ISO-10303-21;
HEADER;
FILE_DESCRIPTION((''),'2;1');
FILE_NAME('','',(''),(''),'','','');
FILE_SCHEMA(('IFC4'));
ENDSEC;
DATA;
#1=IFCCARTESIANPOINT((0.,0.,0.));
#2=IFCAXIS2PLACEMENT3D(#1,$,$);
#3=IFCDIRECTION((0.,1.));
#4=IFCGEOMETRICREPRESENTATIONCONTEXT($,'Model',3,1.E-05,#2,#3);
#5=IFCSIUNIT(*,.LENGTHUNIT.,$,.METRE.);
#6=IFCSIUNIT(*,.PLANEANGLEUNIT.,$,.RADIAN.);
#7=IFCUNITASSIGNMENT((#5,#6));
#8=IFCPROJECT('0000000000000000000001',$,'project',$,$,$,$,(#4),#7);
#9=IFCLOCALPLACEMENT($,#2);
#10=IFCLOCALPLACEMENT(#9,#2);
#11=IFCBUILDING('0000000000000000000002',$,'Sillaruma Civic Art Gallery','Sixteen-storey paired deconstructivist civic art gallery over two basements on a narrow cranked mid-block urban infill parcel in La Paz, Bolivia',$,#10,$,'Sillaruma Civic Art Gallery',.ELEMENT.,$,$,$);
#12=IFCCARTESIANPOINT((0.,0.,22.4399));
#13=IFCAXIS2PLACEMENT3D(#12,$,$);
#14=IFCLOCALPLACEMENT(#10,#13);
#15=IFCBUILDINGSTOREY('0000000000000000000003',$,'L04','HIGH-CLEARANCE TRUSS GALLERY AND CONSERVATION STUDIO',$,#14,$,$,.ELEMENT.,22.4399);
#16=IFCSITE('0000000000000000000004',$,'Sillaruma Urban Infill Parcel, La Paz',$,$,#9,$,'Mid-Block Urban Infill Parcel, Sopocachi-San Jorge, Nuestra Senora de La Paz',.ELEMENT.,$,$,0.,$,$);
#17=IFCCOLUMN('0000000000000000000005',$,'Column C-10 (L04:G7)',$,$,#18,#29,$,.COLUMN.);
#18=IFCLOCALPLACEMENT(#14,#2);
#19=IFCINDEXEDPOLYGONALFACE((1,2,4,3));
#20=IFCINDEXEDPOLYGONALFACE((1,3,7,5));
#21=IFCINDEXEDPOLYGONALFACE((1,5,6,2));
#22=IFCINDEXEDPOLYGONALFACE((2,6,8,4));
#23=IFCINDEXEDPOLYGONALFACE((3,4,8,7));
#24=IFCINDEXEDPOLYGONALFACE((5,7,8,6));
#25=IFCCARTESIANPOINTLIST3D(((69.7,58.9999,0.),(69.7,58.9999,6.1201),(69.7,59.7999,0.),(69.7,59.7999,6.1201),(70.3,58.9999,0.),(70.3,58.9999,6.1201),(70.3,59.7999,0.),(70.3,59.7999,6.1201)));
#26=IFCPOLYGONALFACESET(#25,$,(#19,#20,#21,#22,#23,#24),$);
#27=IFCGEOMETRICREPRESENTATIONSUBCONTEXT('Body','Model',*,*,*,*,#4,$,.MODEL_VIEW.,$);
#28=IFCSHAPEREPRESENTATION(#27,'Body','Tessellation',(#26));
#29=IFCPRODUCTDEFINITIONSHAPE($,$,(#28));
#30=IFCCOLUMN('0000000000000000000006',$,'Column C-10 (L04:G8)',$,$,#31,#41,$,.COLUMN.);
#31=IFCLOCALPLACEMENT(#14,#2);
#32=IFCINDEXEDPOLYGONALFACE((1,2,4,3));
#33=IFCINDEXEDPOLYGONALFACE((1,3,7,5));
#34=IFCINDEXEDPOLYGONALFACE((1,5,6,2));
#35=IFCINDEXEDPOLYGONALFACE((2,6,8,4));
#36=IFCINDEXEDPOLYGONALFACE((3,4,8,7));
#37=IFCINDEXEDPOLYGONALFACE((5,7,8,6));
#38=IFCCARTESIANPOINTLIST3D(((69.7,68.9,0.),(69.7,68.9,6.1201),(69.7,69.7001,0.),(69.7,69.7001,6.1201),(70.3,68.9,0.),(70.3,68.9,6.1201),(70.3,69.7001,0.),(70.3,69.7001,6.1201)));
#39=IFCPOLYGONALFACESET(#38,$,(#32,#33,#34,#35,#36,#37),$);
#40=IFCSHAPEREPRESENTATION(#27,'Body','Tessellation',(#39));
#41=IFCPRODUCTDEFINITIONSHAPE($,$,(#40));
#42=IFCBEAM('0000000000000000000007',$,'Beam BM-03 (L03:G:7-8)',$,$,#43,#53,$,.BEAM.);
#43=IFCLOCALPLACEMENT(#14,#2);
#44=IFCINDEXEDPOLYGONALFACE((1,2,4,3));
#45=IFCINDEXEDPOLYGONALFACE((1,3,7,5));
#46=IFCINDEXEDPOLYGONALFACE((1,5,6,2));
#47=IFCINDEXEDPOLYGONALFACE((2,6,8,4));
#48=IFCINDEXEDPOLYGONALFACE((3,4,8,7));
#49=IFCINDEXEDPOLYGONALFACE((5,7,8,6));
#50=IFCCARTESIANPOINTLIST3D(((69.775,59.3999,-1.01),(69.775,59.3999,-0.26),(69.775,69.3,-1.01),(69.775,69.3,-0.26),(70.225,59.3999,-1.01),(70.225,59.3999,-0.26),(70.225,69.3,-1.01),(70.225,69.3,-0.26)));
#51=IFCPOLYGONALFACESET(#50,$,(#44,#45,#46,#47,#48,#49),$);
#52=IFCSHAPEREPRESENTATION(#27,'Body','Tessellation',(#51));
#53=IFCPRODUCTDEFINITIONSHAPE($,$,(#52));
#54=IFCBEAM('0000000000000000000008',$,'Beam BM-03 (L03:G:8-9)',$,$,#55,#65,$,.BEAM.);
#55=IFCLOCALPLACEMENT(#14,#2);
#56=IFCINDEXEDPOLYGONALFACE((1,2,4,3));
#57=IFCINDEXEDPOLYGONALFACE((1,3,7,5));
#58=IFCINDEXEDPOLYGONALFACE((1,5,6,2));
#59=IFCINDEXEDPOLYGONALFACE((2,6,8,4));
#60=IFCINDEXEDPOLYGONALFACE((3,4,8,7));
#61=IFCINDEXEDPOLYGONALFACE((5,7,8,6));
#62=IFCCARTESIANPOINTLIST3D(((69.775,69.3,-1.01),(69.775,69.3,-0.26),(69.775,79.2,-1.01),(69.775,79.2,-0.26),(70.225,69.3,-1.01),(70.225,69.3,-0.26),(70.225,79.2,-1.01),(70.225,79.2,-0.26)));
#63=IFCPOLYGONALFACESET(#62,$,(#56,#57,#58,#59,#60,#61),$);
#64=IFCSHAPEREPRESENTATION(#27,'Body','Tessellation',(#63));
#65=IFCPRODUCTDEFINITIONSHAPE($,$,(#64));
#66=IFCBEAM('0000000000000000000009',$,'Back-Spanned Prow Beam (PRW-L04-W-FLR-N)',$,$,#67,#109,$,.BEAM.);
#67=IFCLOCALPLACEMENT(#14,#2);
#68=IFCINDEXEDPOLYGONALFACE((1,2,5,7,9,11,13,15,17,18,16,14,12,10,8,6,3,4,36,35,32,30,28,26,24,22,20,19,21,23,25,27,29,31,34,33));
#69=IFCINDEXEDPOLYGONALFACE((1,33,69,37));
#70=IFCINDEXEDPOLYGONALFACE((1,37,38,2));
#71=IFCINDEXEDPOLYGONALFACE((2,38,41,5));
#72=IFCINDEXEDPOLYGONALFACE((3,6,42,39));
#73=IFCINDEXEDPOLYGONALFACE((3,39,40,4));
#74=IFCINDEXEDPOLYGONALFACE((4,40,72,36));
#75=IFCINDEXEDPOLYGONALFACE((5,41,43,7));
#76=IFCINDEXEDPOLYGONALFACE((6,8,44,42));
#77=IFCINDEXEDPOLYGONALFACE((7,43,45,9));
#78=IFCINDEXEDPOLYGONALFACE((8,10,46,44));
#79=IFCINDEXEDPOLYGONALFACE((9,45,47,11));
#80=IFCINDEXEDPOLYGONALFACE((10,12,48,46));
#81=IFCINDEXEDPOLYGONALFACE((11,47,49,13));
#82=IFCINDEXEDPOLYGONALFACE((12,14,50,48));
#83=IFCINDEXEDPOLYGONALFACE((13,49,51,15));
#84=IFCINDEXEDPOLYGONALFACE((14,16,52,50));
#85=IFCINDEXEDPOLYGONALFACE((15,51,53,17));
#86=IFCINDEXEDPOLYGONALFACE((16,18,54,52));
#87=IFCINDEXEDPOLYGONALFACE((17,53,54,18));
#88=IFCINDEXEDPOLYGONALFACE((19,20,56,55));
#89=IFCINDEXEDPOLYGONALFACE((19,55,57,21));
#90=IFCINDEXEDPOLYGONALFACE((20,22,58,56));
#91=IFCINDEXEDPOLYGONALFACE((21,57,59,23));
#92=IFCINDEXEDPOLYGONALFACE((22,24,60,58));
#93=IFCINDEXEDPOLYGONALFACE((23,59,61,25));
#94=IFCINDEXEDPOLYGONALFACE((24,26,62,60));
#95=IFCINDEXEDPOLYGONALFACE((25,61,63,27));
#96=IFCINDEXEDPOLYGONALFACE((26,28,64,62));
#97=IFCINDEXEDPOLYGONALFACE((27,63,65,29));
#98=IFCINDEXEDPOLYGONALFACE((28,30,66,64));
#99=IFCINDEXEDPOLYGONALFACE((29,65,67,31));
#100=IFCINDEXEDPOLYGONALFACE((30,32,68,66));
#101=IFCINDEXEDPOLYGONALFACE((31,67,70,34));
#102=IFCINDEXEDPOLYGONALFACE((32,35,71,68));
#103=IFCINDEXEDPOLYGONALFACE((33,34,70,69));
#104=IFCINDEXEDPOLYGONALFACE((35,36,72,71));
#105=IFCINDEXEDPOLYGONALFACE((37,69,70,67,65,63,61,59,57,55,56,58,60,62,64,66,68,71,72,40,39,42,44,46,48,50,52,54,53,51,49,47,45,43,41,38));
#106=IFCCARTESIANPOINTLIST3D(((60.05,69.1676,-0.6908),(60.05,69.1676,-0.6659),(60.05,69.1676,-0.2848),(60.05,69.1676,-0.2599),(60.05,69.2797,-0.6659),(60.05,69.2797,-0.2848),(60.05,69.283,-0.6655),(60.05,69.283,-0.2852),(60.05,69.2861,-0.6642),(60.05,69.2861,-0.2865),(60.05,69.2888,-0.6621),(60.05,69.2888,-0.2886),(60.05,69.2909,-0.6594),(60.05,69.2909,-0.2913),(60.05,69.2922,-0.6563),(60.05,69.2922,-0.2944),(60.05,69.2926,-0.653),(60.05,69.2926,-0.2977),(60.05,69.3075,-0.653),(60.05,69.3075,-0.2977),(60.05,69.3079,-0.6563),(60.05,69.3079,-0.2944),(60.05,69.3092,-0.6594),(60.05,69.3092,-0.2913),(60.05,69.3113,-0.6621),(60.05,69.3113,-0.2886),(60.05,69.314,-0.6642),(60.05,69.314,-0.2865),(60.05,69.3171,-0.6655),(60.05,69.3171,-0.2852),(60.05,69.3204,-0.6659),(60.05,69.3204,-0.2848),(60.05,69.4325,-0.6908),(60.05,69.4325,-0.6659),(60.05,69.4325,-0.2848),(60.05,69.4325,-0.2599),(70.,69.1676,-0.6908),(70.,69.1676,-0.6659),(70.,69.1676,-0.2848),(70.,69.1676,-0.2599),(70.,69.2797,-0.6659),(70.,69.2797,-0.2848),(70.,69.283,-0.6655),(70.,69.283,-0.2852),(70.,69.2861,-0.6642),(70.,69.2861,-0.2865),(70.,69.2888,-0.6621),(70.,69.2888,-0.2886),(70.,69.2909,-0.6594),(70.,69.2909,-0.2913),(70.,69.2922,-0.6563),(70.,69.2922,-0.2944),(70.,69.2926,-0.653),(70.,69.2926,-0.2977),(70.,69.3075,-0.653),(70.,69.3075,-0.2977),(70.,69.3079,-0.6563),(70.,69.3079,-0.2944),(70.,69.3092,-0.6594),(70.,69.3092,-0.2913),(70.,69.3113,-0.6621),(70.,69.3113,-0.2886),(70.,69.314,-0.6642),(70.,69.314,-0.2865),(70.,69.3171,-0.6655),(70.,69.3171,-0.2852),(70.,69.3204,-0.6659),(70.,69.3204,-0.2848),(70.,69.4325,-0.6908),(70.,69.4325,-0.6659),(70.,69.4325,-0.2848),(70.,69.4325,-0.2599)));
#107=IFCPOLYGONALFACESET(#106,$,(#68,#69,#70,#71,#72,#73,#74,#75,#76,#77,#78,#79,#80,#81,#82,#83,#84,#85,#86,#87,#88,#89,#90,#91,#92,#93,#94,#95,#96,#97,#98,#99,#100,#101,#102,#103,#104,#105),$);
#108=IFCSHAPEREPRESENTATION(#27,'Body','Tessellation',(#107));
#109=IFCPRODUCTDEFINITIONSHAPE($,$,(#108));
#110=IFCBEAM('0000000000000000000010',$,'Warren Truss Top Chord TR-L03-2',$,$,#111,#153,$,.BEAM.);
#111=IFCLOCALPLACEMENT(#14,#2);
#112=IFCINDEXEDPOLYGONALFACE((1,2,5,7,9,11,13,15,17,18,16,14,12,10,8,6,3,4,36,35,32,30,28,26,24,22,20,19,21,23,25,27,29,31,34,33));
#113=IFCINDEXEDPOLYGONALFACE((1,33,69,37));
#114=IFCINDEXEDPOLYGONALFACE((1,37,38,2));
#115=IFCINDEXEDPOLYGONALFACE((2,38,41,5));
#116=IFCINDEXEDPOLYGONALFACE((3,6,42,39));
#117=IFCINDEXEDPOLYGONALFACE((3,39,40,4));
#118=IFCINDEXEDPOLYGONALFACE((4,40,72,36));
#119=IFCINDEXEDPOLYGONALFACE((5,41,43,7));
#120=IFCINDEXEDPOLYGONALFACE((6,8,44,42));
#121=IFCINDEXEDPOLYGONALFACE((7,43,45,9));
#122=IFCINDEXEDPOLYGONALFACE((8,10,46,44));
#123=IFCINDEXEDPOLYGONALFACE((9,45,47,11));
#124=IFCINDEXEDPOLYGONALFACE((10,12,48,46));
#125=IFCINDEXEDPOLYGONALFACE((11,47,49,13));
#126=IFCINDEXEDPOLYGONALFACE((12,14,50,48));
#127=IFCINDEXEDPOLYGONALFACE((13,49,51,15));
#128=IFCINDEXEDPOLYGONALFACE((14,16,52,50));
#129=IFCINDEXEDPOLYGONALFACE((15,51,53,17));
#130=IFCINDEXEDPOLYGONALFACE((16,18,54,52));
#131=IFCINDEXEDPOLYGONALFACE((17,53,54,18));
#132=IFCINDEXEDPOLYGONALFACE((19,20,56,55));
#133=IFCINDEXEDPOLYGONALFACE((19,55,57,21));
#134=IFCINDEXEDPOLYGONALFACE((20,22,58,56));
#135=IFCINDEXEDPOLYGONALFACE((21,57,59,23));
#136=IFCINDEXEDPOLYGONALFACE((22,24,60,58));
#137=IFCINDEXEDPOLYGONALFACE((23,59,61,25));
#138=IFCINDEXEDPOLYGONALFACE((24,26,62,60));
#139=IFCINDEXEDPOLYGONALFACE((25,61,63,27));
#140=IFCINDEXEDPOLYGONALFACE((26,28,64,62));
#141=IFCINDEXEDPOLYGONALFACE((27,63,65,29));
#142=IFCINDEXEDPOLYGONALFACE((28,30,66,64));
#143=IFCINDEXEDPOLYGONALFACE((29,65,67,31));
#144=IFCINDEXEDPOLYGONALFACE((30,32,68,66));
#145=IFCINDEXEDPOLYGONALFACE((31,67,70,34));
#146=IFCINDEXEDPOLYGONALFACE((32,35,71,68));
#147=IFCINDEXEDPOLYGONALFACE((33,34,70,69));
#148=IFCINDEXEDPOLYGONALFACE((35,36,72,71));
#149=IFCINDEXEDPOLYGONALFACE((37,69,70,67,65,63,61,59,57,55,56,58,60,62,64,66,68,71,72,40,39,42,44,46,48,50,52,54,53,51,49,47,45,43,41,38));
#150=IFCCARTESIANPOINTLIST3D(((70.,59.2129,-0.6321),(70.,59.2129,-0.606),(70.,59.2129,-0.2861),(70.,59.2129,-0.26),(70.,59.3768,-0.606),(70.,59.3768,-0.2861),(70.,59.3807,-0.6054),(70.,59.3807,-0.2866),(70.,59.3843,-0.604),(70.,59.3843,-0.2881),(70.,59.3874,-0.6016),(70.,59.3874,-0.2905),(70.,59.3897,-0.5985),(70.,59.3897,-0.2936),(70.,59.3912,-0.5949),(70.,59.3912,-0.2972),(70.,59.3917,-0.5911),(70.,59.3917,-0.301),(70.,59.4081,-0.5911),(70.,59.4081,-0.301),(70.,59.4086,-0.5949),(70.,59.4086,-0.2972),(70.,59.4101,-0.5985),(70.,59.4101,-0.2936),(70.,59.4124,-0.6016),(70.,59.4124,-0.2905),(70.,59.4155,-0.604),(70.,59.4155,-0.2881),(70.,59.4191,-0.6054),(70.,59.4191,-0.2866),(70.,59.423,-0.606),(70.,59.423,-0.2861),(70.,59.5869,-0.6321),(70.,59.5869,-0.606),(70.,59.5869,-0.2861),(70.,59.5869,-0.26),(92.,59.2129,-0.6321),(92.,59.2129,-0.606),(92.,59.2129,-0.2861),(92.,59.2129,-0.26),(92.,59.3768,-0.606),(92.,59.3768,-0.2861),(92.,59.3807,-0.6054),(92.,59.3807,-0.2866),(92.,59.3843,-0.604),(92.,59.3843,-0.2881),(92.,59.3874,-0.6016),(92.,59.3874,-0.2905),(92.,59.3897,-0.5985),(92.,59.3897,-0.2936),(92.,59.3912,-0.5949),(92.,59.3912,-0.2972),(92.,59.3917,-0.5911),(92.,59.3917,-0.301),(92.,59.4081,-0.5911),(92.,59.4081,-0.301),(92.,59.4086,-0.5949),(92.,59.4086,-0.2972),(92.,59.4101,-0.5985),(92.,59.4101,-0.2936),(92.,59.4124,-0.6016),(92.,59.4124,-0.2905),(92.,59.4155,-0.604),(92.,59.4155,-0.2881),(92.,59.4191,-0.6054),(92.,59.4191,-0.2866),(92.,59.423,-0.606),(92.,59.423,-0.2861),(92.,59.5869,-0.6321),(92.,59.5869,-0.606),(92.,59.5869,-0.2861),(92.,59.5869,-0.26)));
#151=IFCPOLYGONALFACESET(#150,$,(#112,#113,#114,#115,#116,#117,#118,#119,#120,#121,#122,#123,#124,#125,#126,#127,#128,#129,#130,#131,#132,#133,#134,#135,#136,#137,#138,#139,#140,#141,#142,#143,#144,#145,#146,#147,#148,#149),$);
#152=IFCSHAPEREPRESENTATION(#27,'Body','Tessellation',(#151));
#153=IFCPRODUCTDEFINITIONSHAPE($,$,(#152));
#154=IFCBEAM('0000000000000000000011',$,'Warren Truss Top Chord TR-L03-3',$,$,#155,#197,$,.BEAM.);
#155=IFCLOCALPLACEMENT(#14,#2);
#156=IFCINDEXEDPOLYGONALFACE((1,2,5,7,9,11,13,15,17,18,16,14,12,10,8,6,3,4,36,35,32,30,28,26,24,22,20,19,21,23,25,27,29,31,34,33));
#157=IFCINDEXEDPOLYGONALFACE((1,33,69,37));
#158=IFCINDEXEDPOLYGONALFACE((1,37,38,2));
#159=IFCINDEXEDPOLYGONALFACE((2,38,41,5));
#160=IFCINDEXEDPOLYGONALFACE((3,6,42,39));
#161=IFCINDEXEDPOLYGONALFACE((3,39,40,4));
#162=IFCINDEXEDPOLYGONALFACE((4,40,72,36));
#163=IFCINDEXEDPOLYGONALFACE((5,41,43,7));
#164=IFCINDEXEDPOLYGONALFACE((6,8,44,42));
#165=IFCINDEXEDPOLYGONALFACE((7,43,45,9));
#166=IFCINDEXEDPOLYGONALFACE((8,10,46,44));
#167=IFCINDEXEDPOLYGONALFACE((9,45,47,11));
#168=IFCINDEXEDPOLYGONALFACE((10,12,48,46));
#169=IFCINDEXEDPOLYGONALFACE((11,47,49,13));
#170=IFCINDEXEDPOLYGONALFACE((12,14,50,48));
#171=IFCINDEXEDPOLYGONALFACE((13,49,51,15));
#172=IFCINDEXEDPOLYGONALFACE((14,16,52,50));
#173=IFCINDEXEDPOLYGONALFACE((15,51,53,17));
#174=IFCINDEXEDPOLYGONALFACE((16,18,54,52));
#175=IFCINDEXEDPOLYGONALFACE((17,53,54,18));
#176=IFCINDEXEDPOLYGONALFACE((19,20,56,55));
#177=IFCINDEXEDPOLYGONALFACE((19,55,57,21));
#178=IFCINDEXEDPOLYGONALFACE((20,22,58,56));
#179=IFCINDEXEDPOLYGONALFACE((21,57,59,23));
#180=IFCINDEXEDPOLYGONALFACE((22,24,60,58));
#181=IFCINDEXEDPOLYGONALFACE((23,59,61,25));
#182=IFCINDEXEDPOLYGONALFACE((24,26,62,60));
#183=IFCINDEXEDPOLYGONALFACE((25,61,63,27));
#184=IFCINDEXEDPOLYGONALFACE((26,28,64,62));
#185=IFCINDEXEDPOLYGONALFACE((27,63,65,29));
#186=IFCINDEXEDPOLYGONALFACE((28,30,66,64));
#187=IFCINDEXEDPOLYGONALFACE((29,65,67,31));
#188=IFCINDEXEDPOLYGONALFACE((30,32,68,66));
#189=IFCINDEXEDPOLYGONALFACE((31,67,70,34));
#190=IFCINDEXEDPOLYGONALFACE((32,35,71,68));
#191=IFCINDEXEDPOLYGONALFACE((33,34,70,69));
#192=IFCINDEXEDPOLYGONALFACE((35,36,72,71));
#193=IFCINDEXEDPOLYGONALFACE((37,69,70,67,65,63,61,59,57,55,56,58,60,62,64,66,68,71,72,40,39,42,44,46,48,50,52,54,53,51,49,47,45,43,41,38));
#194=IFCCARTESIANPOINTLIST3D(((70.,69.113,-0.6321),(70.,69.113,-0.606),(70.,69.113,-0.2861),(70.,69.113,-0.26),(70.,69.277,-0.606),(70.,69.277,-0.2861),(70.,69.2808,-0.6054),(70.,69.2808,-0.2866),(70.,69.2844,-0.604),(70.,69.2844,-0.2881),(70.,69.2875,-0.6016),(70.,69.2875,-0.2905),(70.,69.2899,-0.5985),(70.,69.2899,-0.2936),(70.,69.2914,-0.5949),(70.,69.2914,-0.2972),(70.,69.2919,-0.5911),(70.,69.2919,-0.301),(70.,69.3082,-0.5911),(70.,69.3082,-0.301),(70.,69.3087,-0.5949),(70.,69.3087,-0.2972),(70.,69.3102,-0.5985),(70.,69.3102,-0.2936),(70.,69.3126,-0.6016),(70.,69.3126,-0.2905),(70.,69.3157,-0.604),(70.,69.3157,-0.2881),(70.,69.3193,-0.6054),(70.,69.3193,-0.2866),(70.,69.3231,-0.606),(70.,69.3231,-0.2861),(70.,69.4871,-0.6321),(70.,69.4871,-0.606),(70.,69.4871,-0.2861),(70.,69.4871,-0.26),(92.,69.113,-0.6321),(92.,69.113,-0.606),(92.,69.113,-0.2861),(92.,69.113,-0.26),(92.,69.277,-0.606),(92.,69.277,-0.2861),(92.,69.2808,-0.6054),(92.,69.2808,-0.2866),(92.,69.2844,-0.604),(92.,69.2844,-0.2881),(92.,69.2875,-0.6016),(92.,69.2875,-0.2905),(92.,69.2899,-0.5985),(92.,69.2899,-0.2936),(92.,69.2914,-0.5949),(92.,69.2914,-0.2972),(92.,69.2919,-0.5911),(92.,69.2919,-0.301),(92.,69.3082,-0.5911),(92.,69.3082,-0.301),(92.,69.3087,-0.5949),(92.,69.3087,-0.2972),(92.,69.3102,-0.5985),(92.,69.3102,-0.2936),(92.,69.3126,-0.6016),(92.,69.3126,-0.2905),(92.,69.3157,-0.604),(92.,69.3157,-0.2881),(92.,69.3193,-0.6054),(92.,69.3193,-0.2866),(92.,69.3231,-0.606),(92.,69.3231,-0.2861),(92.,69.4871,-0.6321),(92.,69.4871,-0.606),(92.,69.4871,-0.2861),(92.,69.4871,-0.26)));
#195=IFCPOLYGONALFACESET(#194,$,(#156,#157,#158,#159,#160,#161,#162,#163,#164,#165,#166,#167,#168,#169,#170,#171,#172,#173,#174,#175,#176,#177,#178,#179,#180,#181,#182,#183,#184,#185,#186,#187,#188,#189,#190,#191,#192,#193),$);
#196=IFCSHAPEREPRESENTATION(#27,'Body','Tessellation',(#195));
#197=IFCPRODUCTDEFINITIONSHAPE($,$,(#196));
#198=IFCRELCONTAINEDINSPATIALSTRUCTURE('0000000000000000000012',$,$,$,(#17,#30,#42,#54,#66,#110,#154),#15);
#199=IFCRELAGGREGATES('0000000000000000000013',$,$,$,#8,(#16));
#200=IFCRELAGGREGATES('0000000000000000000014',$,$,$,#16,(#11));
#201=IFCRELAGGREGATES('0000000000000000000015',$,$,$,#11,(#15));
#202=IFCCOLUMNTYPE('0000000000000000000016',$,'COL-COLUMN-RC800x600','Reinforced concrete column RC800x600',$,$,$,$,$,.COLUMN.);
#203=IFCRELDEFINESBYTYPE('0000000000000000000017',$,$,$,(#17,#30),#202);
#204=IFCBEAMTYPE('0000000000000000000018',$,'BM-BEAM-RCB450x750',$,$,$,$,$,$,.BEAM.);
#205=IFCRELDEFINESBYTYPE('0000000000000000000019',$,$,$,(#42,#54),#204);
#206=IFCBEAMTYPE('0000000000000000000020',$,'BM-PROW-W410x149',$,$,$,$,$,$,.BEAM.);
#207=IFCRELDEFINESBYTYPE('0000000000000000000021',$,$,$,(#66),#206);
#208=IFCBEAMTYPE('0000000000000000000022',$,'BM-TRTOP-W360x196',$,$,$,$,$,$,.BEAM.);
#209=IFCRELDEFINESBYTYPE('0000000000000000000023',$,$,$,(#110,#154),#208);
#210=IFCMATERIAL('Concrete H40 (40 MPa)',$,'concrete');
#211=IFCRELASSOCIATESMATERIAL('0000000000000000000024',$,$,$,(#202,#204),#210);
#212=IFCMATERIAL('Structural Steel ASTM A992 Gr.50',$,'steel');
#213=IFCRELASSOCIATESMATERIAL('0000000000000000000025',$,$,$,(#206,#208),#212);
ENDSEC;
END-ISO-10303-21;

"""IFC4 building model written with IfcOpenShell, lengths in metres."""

from ifc_helpers import new_model, si_unit, direction, frame, origin, origin_2d, place, context, subcontext, project, spatial, rectangle, i_section, extrude, material, material_profile, profile_set, type_object, element, save


model = new_model("IFC4")

# Units and contexts
model_context = context("Model", 3, precision=1e-05, world=origin(), true_north=direction((0.0, 1.0)))
body_context = subcontext(model_context, "Body", "Model", "MODEL_VIEW")
ifc_project = project(units=[si_unit("LENGTHUNIT", "METRE"), si_unit("PLANEANGLEUNIT", "RADIAN")], contexts=[model_context])

# Site, building, storey
site_placement = place(None, origin())
site = spatial("IfcSite", under=ifc_project, at=site_placement, Name="Sillaruma Urban Infill Parcel, La Paz", LongName="Mid-Block Urban Infill Parcel, Sopocachi-San Jorge, Nuestra Senora de La Paz", CompositionType="ELEMENT", RefElevation=0.0)
building_placement = place(site_placement, origin())
building = spatial("IfcBuilding", under=site, at=building_placement, Name="Sillaruma Civic Art Gallery", Description="Sixteen-storey paired deconstructivist civic art gallery over two basements on a narrow cranked mid-block urban infill parcel in La Paz, Bolivia", LongName="Sillaruma Civic Art Gallery", CompositionType="ELEMENT")
storey_placement = place(building_placement, frame((0.0, 0.0, 22.4399)))
storey = spatial("IfcBuildingStorey", under=building, at=storey_placement, Name="L04", Description="HIGH-CLEARANCE TRUSS GALLERY AND CONSERVATION STUDIO", CompositionType="ELEMENT", Elevation=22.4399)

# Columns
ifc_material_1 = material(Name="Concrete H40 (40 MPa)", Category="concrete")
ifc_material_profile_1 = material_profile(ifc_material_1, rectangle(XDim=0.6001, YDim=0.8, at=origin_2d()), Name="RC800x600")
ifc_profile_set_1 = profile_set([ifc_material_profile_1], Name="Concrete H40 (40 MPa)")
column_type = type_object("IfcColumnType", Name="COL-COLUMN-RC800x600", Description="Reinforced concrete column RC800x600", PredefinedType="COLUMN", material=ifc_profile_set_1)
for number, where, z_axis, x_axis, name in (
    (1, (70.0, 59.3999, 0.0), (0.0, 0.0, 1.0), (1.0, 0.0, 0.0), "Column C-10 (L04:G7)"),
    (2, (70.0, 69.3, 0.0), (0.0, 0.0, 1.0), (1.0, 0.0, 0.0), "Column C-10 (L04:G8)"),
):
    element("IfcColumn", number, at=place(storey_placement, frame(where, z_axis=z_axis, x_axis=x_axis)), inside=storey, type_object=column_type, Name=name, PredefinedType="COLUMN", context=body_context, shape_type="SweptSolid", body=[
        extrude(rectangle(XDim=0.6001, YDim=0.8, at=origin_2d()), origin(), (0.0, 0.0, 1.0), 6.1201),
    ])

# Beams
ifc_material_profile_2 = material_profile(ifc_material_1, rectangle(XDim=0.45, YDim=0.75, at=origin_2d()), Name="RCB450x750")
ifc_profile_set_2 = profile_set([ifc_material_profile_2], Name="Concrete H40 (40 MPa)")
beam_type_1 = type_object("IfcBeamType", Name="BM-BEAM-RCB450x750", PredefinedType="BEAM", material=ifc_profile_set_2)
beam_1_placement = place(storey_placement, frame((70.0, 59.3999, -0.635), z_axis=(0.0, 1.0, 0.0), x_axis=(-1.0, 0.0, 0.0)))
element("IfcBeam", 3, at=beam_1_placement, inside=storey, type_object=beam_type_1, Name="Beam BM-03 (L03:G:7-8)", PredefinedType="BEAM", context=body_context, shape_type="SweptSolid", body=[
    extrude(rectangle(XDim=0.45, YDim=0.75, at=origin_2d()), origin(), (0.0, 0.0, 1.0), 9.9001),
])
beam_2_placement = place(storey_placement, frame((70.0, 69.3, -0.635), z_axis=(0.0, 1.0, 0.0), x_axis=(-1.0, 0.0, 0.0)))
element("IfcBeam", 4, at=beam_2_placement, inside=storey, type_object=beam_type_1, Name="Beam BM-03 (L03:G:8-9)", PredefinedType="BEAM", context=body_context, shape_type="SweptSolid", body=[
    extrude(rectangle(XDim=0.45, YDim=0.75, at=origin_2d()), origin(), (0.0, 0.0, 1.0), 9.8999),
])
ifc_material_2 = material(Name="Structural Steel ASTM A992 Gr.50", Category="steel")
ifc_material_profile_3 = material_profile(ifc_material_2, i_section(OverallWidth=0.2649, OverallDepth=0.4309, WebThickness=0.0149, FlangeThickness=0.0249, FilletRadius=0.0129, at=origin_2d()), Name="W410x149")
ifc_profile_set_3 = profile_set([ifc_material_profile_3], Name="Structural Steel ASTM A992 Gr.50")
beam_type_2 = type_object("IfcBeamType", Name="BM-PROW-W410x149", PredefinedType="BEAM", material=ifc_profile_set_3)
beam_3_placement = place(storey_placement, frame((70.0, 69.3, -0.4753), z_axis=(-1.0, 0.0, 0.0), x_axis=(0.0, -1.0, 0.0)))
element("IfcBeam", 5, at=beam_3_placement, inside=storey, type_object=beam_type_2, Name="Back-Spanned Prow Beam (PRW-L04-W-FLR-N)", PredefinedType="BEAM", context=body_context, shape_type="SweptSolid", body=[
    extrude(i_section(OverallWidth=0.2649, OverallDepth=0.4309, WebThickness=0.0149, FlangeThickness=0.0249, FilletRadius=0.0129, at=origin_2d()), origin(), (0.0, 0.0, 1.0), 9.95),
])
ifc_material_profile_4 = material_profile(ifc_material_2, i_section(OverallWidth=0.374, OverallDepth=0.3721, WebThickness=0.0164, FlangeThickness=0.0261, FilletRadius=0.0149, at=origin_2d()), Name="W360x196")
ifc_profile_set_4 = profile_set([ifc_material_profile_4], Name="Structural Steel ASTM A992 Gr.50")
beam_type_3 = type_object("IfcBeamType", Name="BM-TRTOP-W360x196", PredefinedType="BEAM", material=ifc_profile_set_4)
for number, where, z_axis, x_axis, name in (
    (6, (70.0, 59.3999, -0.446), (1.0, 0.0, 0.0), (0.0, 1.0, 0.0), "Warren Truss Top Chord TR-L03-2"),
    (7, (70.0, 69.3, -0.446), (1.0, 0.0, 0.0), (0.0, 1.0, 0.0), "Warren Truss Top Chord TR-L03-3"),
):
    element("IfcBeam", number, at=place(storey_placement, frame(where, z_axis=z_axis, x_axis=x_axis)), inside=storey, type_object=beam_type_3, Name=name, PredefinedType="BEAM", context=body_context, shape_type="SweptSolid", body=[
        extrude(i_section(OverallWidth=0.374, OverallDepth=0.3721, WebThickness=0.0164, FlangeThickness=0.0261, FilletRadius=0.0149, at=origin_2d()), origin(), (0.0, 0.0, 1.0), 22.0),
    ])

save(model, "model.ifc")
